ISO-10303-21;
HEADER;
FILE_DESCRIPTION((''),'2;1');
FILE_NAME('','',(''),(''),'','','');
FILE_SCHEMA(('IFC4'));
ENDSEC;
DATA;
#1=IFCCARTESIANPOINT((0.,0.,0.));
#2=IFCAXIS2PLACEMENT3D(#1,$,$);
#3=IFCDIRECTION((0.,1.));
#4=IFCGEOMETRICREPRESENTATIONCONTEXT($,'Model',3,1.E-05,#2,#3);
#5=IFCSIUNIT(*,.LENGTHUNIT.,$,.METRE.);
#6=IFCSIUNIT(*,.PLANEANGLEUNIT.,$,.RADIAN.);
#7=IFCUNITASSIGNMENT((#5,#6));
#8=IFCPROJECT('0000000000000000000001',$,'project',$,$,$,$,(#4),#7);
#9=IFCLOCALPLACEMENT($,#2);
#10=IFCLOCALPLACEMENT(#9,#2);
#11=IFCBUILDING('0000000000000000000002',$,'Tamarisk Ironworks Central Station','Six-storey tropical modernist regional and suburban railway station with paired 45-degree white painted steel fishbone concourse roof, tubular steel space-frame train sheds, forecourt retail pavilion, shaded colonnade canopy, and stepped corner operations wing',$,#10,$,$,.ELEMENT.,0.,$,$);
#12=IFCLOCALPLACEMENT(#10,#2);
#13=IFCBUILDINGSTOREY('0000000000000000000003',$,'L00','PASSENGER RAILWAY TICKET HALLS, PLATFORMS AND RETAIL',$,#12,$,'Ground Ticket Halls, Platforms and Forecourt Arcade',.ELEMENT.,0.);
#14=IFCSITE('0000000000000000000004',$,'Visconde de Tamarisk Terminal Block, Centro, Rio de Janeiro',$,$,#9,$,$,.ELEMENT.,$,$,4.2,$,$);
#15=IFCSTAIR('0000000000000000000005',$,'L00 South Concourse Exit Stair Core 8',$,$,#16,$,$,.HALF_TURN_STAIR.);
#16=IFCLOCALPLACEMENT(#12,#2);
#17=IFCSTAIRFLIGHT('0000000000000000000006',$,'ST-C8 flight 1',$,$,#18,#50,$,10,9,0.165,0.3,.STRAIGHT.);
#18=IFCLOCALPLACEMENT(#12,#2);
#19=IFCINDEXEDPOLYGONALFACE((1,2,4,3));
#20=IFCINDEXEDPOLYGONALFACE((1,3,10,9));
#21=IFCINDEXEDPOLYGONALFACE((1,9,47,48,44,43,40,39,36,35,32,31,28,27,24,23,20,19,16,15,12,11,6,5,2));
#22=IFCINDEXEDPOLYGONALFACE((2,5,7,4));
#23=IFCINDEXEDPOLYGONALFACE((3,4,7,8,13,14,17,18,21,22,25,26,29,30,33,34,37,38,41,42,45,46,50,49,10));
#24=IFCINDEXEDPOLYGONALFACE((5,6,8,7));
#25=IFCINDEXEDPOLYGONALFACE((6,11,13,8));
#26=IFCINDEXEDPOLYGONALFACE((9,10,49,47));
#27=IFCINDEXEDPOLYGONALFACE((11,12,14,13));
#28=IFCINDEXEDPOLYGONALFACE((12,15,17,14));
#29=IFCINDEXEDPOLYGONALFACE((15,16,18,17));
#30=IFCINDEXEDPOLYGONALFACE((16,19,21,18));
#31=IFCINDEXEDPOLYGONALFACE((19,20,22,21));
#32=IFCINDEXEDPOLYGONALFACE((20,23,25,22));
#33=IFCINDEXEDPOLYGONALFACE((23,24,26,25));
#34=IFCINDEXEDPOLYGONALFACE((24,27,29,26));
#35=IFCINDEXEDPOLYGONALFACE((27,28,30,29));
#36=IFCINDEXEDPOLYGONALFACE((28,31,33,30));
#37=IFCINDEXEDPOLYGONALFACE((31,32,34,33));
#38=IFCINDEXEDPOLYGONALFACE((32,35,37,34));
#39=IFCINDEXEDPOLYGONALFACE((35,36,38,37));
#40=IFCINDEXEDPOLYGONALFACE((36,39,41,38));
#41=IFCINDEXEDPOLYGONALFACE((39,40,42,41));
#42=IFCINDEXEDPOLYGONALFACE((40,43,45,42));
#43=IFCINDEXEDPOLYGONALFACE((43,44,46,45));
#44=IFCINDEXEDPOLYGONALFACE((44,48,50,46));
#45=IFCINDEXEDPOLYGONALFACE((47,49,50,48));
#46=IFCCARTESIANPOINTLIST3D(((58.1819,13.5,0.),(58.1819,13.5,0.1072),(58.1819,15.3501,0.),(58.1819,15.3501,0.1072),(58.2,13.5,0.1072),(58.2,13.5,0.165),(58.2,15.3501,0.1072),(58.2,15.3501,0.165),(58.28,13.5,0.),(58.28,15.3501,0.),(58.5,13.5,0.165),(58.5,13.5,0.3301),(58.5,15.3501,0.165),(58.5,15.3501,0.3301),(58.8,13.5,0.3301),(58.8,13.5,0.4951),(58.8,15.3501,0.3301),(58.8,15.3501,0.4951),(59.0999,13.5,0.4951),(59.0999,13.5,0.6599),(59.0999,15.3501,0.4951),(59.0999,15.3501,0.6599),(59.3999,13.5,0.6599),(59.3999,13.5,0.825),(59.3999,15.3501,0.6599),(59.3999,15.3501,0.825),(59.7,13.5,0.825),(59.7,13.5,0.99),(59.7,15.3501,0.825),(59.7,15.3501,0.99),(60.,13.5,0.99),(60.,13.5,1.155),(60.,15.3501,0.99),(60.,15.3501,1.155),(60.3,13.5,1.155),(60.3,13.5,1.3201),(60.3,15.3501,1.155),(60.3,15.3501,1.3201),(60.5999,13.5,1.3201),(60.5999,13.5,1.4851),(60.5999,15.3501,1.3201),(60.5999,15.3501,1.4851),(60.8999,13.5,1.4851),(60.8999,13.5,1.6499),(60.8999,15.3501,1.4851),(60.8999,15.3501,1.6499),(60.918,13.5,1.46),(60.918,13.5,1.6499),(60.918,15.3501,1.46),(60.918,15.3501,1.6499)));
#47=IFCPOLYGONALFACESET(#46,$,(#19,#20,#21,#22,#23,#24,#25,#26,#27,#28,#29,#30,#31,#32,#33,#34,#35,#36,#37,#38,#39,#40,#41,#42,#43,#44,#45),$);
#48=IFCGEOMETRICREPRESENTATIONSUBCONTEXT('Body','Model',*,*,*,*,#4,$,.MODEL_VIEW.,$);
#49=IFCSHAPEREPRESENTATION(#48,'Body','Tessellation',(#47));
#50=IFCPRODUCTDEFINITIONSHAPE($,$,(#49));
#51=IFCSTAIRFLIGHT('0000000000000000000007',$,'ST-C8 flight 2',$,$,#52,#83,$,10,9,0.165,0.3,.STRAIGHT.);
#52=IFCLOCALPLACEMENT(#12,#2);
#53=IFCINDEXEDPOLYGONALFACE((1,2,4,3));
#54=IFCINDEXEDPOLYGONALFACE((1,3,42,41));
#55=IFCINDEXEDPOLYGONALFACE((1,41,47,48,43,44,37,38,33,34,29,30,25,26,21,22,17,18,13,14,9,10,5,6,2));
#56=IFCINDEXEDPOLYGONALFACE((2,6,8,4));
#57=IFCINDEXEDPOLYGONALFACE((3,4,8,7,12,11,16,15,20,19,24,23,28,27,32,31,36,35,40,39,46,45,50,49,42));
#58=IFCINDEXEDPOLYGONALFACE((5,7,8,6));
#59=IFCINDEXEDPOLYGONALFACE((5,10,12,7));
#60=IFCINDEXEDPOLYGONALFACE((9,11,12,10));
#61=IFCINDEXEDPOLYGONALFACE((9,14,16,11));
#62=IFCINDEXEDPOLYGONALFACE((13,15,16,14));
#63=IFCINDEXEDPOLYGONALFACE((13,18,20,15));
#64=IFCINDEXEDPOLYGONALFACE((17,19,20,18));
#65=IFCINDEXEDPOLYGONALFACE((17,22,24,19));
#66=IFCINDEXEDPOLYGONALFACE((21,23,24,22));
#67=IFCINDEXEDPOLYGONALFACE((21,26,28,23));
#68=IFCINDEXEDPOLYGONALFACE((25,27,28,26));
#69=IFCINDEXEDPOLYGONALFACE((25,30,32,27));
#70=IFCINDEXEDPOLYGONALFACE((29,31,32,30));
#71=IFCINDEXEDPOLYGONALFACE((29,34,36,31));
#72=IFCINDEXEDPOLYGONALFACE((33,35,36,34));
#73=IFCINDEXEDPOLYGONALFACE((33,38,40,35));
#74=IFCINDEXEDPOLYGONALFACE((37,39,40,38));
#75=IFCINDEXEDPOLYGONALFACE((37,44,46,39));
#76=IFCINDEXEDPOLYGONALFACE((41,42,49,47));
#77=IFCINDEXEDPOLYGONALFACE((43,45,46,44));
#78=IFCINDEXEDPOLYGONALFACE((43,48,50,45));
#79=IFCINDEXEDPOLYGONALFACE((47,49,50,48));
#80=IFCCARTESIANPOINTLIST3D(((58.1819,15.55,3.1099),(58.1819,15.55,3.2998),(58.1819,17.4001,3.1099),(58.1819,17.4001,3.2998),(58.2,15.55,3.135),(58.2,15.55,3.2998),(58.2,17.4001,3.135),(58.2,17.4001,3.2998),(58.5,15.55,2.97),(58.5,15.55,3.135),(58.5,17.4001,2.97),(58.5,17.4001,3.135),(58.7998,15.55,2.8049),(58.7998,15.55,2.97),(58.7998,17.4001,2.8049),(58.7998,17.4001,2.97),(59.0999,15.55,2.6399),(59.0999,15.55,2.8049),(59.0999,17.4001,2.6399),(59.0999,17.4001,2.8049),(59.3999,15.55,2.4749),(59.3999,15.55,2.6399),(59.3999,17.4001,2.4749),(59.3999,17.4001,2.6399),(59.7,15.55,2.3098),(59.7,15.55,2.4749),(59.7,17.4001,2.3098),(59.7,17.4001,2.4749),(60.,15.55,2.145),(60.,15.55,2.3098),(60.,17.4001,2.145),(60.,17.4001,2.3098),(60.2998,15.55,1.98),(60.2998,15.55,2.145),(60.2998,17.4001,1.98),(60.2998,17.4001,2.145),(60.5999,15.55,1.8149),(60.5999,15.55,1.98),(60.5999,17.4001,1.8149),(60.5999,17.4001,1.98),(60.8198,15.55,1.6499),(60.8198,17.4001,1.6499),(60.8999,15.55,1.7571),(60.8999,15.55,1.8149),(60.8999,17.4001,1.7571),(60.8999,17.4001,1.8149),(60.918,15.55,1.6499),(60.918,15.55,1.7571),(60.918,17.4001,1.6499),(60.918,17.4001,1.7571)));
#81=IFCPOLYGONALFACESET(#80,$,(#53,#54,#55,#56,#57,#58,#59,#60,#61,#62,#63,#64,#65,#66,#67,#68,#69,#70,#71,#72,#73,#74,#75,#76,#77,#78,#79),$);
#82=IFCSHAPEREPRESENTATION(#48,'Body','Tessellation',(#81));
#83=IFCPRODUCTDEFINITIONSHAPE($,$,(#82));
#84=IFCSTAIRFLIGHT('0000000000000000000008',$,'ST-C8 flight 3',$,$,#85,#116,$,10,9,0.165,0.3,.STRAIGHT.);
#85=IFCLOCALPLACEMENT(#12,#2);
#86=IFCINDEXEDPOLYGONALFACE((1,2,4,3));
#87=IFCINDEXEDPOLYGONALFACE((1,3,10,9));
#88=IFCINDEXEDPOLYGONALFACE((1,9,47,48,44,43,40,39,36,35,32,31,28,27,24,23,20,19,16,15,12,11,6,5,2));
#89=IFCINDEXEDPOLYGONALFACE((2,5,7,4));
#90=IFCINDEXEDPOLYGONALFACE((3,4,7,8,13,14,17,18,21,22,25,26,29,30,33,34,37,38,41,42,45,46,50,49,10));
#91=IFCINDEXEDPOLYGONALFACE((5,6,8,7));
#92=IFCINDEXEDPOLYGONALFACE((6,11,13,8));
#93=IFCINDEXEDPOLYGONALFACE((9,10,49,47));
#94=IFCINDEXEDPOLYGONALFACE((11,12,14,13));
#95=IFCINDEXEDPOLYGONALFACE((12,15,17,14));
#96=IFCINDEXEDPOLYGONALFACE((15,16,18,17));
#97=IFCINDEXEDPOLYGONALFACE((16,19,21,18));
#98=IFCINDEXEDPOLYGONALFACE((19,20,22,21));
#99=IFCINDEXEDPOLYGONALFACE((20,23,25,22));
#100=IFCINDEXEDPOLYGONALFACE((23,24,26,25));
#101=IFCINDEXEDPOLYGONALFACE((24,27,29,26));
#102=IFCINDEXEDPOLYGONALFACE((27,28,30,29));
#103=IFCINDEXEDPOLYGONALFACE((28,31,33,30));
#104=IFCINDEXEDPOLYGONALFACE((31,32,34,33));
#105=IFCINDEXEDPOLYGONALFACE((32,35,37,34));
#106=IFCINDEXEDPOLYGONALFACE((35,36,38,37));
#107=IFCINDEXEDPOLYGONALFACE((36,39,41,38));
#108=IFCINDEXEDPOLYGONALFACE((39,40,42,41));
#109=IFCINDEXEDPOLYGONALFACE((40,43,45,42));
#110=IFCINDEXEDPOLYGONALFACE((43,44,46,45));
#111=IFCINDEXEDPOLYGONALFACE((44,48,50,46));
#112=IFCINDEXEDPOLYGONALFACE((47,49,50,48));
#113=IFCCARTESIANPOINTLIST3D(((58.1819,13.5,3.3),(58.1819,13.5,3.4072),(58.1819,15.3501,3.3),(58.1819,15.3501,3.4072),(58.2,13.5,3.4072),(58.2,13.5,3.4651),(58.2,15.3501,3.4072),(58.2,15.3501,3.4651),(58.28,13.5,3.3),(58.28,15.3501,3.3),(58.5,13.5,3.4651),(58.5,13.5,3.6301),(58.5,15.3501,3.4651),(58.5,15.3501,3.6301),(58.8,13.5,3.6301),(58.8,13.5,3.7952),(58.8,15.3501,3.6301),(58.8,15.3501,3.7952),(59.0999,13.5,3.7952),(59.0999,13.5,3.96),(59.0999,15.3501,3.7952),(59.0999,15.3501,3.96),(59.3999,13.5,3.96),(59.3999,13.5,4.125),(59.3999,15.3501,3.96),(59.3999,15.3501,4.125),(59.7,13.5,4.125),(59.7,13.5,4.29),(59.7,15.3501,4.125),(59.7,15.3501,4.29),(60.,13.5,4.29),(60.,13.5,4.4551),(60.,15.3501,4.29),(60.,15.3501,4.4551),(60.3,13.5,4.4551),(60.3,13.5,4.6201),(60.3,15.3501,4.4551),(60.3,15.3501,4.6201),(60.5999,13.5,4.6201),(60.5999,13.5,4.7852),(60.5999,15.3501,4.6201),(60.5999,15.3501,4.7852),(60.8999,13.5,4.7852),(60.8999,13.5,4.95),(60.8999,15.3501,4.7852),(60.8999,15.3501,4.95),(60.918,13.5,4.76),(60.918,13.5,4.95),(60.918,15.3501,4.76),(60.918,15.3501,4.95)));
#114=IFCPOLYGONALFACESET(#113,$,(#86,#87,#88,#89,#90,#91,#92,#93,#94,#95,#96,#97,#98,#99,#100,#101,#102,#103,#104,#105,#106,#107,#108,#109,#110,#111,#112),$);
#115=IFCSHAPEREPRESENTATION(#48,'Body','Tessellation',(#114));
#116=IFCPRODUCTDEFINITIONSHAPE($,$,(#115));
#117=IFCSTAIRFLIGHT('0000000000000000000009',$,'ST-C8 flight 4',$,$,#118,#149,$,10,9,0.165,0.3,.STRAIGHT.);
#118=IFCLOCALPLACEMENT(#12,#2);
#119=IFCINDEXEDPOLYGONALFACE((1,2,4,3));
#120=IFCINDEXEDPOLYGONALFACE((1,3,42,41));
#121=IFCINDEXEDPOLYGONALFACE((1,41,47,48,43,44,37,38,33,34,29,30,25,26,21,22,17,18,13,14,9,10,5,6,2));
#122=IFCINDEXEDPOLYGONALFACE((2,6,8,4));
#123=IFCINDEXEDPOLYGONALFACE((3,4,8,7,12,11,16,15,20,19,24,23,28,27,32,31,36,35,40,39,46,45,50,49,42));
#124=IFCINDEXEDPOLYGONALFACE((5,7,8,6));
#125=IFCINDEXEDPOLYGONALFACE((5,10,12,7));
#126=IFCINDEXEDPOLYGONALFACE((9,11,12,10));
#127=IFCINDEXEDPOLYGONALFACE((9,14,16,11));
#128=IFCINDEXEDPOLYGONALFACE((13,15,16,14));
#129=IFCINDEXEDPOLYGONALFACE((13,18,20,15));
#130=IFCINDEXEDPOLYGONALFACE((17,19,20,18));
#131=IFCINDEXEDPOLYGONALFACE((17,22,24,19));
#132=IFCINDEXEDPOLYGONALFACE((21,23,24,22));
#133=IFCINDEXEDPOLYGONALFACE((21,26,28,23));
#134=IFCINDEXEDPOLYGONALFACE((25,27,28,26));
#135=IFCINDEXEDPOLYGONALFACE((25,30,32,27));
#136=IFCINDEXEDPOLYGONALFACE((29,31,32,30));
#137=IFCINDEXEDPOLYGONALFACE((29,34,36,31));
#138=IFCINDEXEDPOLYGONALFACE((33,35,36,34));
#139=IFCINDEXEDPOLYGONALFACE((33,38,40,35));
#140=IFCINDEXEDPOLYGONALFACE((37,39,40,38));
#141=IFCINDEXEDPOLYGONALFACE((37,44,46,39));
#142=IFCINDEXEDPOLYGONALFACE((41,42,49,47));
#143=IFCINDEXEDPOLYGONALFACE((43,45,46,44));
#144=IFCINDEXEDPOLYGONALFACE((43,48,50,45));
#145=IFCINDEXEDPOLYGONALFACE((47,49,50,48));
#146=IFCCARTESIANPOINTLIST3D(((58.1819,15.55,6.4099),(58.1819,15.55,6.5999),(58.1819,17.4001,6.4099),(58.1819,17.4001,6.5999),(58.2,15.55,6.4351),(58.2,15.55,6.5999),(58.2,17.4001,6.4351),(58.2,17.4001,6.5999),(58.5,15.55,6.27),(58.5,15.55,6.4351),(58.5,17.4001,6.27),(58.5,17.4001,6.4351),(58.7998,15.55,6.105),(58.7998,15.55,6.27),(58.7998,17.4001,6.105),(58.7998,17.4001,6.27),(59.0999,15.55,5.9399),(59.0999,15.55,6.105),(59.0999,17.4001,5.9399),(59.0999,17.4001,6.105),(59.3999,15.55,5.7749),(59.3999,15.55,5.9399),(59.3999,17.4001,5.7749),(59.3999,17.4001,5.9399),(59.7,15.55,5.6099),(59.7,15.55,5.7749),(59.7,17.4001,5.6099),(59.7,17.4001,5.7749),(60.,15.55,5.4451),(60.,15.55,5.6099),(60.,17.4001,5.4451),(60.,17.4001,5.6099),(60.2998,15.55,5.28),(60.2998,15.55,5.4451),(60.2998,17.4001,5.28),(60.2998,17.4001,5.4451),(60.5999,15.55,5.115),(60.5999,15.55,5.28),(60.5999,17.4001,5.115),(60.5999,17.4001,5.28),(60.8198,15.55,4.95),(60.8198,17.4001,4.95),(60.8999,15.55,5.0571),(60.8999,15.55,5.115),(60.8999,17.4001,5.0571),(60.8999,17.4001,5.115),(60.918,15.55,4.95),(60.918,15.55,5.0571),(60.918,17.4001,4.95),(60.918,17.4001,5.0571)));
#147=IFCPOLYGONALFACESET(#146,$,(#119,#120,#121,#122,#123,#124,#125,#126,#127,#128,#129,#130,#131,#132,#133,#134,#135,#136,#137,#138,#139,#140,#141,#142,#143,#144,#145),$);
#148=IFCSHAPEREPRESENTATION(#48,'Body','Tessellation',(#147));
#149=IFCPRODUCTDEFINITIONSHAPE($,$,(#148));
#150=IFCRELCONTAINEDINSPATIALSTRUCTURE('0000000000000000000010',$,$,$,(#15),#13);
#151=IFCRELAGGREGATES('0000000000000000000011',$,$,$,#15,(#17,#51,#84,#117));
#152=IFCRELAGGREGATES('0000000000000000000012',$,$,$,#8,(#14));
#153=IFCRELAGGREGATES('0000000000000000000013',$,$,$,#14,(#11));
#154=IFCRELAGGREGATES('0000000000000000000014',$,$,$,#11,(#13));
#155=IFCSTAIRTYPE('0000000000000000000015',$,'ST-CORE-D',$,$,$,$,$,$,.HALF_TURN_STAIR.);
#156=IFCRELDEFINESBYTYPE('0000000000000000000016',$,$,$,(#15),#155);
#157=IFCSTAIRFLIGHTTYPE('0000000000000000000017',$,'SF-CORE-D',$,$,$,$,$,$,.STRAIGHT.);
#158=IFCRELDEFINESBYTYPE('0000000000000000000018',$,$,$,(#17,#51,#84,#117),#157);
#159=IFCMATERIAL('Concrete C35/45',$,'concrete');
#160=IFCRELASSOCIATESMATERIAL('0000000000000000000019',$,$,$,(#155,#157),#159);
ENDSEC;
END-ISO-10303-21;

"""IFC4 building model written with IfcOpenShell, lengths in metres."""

from ifc_helpers import new_model, si_unit, direction, frame, origin, place, context, subcontext, project, spatial, polyline, outline, extrude, material, type_object, element, aggregate, save


model = new_model("IFC4")

# Units and contexts
model_context = context("Model", 3, precision=1e-05, world=origin(), true_north=direction((0.0, 1.0)))
body_context = subcontext(model_context, "Body", "Model", "MODEL_VIEW")
ifc_project = project(units=[si_unit("LENGTHUNIT", "METRE"), si_unit("PLANEANGLEUNIT", "RADIAN")], contexts=[model_context])

# Site, building, storey
site_placement = place(None, origin())
site = spatial("IfcSite", under=ifc_project, at=site_placement, Name="Visconde de Tamarisk Terminal Block, Centro, Rio de Janeiro", CompositionType="ELEMENT", RefElevation=4.2)
building_placement = place(site_placement, origin())
building = spatial("IfcBuilding", under=site, at=building_placement, Name="Tamarisk Ironworks Central Station", Description="Six-storey tropical modernist regional and suburban railway station with paired 45-degree white painted steel fishbone concourse roof, tubular steel space-frame train sheds, forecourt retail pavilion, shaded colonnade canopy, and stepped corner operations wing", CompositionType="ELEMENT", ElevationOfRefHeight=0.0)
storey_placement = place(building_placement, origin())
storey = spatial("IfcBuildingStorey", under=building, at=storey_placement, Name="L00", Description="PASSENGER RAILWAY TICKET HALLS, PLATFORMS AND RETAIL", LongName="Ground Ticket Halls, Platforms and Forecourt Arcade", CompositionType="ELEMENT", Elevation=0.0)

# Stair, stair flights
ifc_material_1 = material(Name="Concrete C35/45", Category="concrete")
stair_type = type_object("IfcStairType", Name="ST-CORE-D", PredefinedType="HALF_TURN_STAIR", material=ifc_material_1)
stair_placement = place(storey_placement, origin())
stair = element("IfcStair", 1, at=stair_placement, inside=storey, type_object=stair_type, Name="L00 South Concourse Exit Stair Core 8", PredefinedType="HALF_TURN_STAIR")
stair_flight_type = type_object("IfcStairFlightType", Name="SF-CORE-D", PredefinedType="STRAIGHT", material=ifc_material_1)
stair_flight_1_placement = place(storey_placement, frame((58.2, 14.425, 0.0), z_axis=(0.0, 0.0, 1.0), x_axis=(1.0, 0.0, 0.0)))
stair_flight_1 = element("IfcStairFlight", 2, at=stair_flight_1_placement, type_object=stair_flight_type, Name="ST-C8 flight 1", NumberOfRisers=10, NumberOfTreads=9, PredefinedType="STRAIGHT", RiserHeight=0.165, TreadLength=0.3, context=body_context, shape_type="SweptSolid", body=[
    extrude(outline(polyline([(-0.0181, 0.0), (-0.0181, 0.1072), (0.0, 0.1072), (0.0, 0.165), (0.3, 0.165), (0.3, 0.3301), (0.6001, 0.3301), (0.6001, 0.4951), (0.8999, 0.4951), (0.8999, 0.6599), (1.2, 0.6599), (1.2, 0.825), (1.5, 0.825), (1.5, 0.99), (1.8, 0.99), (1.8, 1.155), (2.1001, 1.155), (2.1001, 1.3201), (2.3999, 1.3201), (2.3999, 1.4851), (2.7, 1.4851), (2.7, 1.6499), (2.718, 1.6499), (2.718, 1.46), (0.0801, 0.0), (-0.0181, 0.0)])), frame((0.0, 0.925, 0.0), z_axis=(0.0, -1.0, 0.0), x_axis=(1.0, 0.0, 0.0)), (0.0, 0.0, 1.0), 1.8501),
])
stair_flight_2_placement = place(storey_placement, frame((60.8999, 16.4751, 1.6499), z_axis=(0.0, 0.0, 1.0), x_axis=(-1.0, 0.0, 0.0)))
stair_flight_2 = element("IfcStairFlight", 3, at=stair_flight_2_placement, type_object=stair_flight_type, Name="ST-C8 flight 2", NumberOfRisers=10, NumberOfTreads=9, PredefinedType="STRAIGHT", RiserHeight=0.165, TreadLength=0.3, context=body_context, shape_type="SweptSolid", body=[
    extrude(outline(polyline([(-0.0181, 0.0), (-0.0181, 0.1072), (0.0, 0.1072), (0.0, 0.165), (0.3, 0.165), (0.3, 0.3301), (0.6001, 0.3301), (0.6001, 0.4951), (0.8999, 0.4951), (0.8999, 0.6599), (1.2, 0.6599), (1.2, 0.825), (1.5, 0.825), (1.5, 0.99), (1.8, 0.99), (1.8, 1.155), (2.1001, 1.155), (2.1001, 1.3201), (2.3999, 1.3201), (2.3999, 1.4851), (2.7, 1.4851), (2.7, 1.6499), (2.718, 1.6499), (2.718, 1.46), (0.0801, 0.0), (-0.0181, 0.0)])), frame((0.0, 0.925, 0.0), z_axis=(0.0, -1.0, 0.0), x_axis=(1.0, 0.0, 0.0)), (0.0, 0.0, 1.0), 1.8501),
])
stair_flight_3_placement = place(storey_placement, frame((58.2, 14.425, 3.3), z_axis=(0.0, 0.0, 1.0), x_axis=(1.0, 0.0, 0.0)))
stair_flight_3 = element("IfcStairFlight", 4, at=stair_flight_3_placement, type_object=stair_flight_type, Name="ST-C8 flight 3", NumberOfRisers=10, NumberOfTreads=9, PredefinedType="STRAIGHT", RiserHeight=0.165, TreadLength=0.3, context=body_context, shape_type="SweptSolid", body=[
    extrude(outline(polyline([(-0.0181, 0.0), (-0.0181, 0.1072), (0.0, 0.1072), (0.0, 0.165), (0.3, 0.165), (0.3, 0.3301), (0.6001, 0.3301), (0.6001, 0.4951), (0.8999, 0.4951), (0.8999, 0.6599), (1.2, 0.6599), (1.2, 0.825), (1.5, 0.825), (1.5, 0.99), (1.8, 0.99), (1.8, 1.155), (2.1001, 1.155), (2.1001, 1.3201), (2.3999, 1.3201), (2.3999, 1.4851), (2.7, 1.4851), (2.7, 1.6499), (2.718, 1.6499), (2.718, 1.46), (0.0801, 0.0), (-0.0181, 0.0)])), frame((0.0, 0.925, 0.0), z_axis=(0.0, -1.0, 0.0), x_axis=(1.0, 0.0, 0.0)), (0.0, 0.0, 1.0), 1.8501),
])
stair_flight_4_placement = place(storey_placement, frame((60.8999, 16.4751, 4.95), z_axis=(0.0, 0.0, 1.0), x_axis=(-1.0, 0.0, 0.0)))
stair_flight_4 = element("IfcStairFlight", 5, at=stair_flight_4_placement, type_object=stair_flight_type, Name="ST-C8 flight 4", NumberOfRisers=10, NumberOfTreads=9, PredefinedType="STRAIGHT", RiserHeight=0.165, TreadLength=0.3, context=body_context, shape_type="SweptSolid", body=[
    extrude(outline(polyline([(-0.0181, 0.0), (-0.0181, 0.1072), (0.0, 0.1072), (0.0, 0.165), (0.3, 0.165), (0.3, 0.3301), (0.6001, 0.3301), (0.6001, 0.4951), (0.8999, 0.4951), (0.8999, 0.6599), (1.2, 0.6599), (1.2, 0.825), (1.5, 0.825), (1.5, 0.99), (1.8, 0.99), (1.8, 1.155), (2.1001, 1.155), (2.1001, 1.3201), (2.3999, 1.3201), (2.3999, 1.4851), (2.7, 1.4851), (2.7, 1.6499), (2.718, 1.6499), (2.718, 1.46), (0.0801, 0.0), (-0.0181, 0.0)])), frame((0.0, 0.925, 0.0), z_axis=(0.0, -1.0, 0.0), x_axis=(1.0, 0.0, 0.0)), (0.0, 0.0, 1.0), 1.8501),
])
aggregate(stair, [stair_flight_1, stair_flight_2, stair_flight_3, stair_flight_4])

save(model, "model.ifc")
